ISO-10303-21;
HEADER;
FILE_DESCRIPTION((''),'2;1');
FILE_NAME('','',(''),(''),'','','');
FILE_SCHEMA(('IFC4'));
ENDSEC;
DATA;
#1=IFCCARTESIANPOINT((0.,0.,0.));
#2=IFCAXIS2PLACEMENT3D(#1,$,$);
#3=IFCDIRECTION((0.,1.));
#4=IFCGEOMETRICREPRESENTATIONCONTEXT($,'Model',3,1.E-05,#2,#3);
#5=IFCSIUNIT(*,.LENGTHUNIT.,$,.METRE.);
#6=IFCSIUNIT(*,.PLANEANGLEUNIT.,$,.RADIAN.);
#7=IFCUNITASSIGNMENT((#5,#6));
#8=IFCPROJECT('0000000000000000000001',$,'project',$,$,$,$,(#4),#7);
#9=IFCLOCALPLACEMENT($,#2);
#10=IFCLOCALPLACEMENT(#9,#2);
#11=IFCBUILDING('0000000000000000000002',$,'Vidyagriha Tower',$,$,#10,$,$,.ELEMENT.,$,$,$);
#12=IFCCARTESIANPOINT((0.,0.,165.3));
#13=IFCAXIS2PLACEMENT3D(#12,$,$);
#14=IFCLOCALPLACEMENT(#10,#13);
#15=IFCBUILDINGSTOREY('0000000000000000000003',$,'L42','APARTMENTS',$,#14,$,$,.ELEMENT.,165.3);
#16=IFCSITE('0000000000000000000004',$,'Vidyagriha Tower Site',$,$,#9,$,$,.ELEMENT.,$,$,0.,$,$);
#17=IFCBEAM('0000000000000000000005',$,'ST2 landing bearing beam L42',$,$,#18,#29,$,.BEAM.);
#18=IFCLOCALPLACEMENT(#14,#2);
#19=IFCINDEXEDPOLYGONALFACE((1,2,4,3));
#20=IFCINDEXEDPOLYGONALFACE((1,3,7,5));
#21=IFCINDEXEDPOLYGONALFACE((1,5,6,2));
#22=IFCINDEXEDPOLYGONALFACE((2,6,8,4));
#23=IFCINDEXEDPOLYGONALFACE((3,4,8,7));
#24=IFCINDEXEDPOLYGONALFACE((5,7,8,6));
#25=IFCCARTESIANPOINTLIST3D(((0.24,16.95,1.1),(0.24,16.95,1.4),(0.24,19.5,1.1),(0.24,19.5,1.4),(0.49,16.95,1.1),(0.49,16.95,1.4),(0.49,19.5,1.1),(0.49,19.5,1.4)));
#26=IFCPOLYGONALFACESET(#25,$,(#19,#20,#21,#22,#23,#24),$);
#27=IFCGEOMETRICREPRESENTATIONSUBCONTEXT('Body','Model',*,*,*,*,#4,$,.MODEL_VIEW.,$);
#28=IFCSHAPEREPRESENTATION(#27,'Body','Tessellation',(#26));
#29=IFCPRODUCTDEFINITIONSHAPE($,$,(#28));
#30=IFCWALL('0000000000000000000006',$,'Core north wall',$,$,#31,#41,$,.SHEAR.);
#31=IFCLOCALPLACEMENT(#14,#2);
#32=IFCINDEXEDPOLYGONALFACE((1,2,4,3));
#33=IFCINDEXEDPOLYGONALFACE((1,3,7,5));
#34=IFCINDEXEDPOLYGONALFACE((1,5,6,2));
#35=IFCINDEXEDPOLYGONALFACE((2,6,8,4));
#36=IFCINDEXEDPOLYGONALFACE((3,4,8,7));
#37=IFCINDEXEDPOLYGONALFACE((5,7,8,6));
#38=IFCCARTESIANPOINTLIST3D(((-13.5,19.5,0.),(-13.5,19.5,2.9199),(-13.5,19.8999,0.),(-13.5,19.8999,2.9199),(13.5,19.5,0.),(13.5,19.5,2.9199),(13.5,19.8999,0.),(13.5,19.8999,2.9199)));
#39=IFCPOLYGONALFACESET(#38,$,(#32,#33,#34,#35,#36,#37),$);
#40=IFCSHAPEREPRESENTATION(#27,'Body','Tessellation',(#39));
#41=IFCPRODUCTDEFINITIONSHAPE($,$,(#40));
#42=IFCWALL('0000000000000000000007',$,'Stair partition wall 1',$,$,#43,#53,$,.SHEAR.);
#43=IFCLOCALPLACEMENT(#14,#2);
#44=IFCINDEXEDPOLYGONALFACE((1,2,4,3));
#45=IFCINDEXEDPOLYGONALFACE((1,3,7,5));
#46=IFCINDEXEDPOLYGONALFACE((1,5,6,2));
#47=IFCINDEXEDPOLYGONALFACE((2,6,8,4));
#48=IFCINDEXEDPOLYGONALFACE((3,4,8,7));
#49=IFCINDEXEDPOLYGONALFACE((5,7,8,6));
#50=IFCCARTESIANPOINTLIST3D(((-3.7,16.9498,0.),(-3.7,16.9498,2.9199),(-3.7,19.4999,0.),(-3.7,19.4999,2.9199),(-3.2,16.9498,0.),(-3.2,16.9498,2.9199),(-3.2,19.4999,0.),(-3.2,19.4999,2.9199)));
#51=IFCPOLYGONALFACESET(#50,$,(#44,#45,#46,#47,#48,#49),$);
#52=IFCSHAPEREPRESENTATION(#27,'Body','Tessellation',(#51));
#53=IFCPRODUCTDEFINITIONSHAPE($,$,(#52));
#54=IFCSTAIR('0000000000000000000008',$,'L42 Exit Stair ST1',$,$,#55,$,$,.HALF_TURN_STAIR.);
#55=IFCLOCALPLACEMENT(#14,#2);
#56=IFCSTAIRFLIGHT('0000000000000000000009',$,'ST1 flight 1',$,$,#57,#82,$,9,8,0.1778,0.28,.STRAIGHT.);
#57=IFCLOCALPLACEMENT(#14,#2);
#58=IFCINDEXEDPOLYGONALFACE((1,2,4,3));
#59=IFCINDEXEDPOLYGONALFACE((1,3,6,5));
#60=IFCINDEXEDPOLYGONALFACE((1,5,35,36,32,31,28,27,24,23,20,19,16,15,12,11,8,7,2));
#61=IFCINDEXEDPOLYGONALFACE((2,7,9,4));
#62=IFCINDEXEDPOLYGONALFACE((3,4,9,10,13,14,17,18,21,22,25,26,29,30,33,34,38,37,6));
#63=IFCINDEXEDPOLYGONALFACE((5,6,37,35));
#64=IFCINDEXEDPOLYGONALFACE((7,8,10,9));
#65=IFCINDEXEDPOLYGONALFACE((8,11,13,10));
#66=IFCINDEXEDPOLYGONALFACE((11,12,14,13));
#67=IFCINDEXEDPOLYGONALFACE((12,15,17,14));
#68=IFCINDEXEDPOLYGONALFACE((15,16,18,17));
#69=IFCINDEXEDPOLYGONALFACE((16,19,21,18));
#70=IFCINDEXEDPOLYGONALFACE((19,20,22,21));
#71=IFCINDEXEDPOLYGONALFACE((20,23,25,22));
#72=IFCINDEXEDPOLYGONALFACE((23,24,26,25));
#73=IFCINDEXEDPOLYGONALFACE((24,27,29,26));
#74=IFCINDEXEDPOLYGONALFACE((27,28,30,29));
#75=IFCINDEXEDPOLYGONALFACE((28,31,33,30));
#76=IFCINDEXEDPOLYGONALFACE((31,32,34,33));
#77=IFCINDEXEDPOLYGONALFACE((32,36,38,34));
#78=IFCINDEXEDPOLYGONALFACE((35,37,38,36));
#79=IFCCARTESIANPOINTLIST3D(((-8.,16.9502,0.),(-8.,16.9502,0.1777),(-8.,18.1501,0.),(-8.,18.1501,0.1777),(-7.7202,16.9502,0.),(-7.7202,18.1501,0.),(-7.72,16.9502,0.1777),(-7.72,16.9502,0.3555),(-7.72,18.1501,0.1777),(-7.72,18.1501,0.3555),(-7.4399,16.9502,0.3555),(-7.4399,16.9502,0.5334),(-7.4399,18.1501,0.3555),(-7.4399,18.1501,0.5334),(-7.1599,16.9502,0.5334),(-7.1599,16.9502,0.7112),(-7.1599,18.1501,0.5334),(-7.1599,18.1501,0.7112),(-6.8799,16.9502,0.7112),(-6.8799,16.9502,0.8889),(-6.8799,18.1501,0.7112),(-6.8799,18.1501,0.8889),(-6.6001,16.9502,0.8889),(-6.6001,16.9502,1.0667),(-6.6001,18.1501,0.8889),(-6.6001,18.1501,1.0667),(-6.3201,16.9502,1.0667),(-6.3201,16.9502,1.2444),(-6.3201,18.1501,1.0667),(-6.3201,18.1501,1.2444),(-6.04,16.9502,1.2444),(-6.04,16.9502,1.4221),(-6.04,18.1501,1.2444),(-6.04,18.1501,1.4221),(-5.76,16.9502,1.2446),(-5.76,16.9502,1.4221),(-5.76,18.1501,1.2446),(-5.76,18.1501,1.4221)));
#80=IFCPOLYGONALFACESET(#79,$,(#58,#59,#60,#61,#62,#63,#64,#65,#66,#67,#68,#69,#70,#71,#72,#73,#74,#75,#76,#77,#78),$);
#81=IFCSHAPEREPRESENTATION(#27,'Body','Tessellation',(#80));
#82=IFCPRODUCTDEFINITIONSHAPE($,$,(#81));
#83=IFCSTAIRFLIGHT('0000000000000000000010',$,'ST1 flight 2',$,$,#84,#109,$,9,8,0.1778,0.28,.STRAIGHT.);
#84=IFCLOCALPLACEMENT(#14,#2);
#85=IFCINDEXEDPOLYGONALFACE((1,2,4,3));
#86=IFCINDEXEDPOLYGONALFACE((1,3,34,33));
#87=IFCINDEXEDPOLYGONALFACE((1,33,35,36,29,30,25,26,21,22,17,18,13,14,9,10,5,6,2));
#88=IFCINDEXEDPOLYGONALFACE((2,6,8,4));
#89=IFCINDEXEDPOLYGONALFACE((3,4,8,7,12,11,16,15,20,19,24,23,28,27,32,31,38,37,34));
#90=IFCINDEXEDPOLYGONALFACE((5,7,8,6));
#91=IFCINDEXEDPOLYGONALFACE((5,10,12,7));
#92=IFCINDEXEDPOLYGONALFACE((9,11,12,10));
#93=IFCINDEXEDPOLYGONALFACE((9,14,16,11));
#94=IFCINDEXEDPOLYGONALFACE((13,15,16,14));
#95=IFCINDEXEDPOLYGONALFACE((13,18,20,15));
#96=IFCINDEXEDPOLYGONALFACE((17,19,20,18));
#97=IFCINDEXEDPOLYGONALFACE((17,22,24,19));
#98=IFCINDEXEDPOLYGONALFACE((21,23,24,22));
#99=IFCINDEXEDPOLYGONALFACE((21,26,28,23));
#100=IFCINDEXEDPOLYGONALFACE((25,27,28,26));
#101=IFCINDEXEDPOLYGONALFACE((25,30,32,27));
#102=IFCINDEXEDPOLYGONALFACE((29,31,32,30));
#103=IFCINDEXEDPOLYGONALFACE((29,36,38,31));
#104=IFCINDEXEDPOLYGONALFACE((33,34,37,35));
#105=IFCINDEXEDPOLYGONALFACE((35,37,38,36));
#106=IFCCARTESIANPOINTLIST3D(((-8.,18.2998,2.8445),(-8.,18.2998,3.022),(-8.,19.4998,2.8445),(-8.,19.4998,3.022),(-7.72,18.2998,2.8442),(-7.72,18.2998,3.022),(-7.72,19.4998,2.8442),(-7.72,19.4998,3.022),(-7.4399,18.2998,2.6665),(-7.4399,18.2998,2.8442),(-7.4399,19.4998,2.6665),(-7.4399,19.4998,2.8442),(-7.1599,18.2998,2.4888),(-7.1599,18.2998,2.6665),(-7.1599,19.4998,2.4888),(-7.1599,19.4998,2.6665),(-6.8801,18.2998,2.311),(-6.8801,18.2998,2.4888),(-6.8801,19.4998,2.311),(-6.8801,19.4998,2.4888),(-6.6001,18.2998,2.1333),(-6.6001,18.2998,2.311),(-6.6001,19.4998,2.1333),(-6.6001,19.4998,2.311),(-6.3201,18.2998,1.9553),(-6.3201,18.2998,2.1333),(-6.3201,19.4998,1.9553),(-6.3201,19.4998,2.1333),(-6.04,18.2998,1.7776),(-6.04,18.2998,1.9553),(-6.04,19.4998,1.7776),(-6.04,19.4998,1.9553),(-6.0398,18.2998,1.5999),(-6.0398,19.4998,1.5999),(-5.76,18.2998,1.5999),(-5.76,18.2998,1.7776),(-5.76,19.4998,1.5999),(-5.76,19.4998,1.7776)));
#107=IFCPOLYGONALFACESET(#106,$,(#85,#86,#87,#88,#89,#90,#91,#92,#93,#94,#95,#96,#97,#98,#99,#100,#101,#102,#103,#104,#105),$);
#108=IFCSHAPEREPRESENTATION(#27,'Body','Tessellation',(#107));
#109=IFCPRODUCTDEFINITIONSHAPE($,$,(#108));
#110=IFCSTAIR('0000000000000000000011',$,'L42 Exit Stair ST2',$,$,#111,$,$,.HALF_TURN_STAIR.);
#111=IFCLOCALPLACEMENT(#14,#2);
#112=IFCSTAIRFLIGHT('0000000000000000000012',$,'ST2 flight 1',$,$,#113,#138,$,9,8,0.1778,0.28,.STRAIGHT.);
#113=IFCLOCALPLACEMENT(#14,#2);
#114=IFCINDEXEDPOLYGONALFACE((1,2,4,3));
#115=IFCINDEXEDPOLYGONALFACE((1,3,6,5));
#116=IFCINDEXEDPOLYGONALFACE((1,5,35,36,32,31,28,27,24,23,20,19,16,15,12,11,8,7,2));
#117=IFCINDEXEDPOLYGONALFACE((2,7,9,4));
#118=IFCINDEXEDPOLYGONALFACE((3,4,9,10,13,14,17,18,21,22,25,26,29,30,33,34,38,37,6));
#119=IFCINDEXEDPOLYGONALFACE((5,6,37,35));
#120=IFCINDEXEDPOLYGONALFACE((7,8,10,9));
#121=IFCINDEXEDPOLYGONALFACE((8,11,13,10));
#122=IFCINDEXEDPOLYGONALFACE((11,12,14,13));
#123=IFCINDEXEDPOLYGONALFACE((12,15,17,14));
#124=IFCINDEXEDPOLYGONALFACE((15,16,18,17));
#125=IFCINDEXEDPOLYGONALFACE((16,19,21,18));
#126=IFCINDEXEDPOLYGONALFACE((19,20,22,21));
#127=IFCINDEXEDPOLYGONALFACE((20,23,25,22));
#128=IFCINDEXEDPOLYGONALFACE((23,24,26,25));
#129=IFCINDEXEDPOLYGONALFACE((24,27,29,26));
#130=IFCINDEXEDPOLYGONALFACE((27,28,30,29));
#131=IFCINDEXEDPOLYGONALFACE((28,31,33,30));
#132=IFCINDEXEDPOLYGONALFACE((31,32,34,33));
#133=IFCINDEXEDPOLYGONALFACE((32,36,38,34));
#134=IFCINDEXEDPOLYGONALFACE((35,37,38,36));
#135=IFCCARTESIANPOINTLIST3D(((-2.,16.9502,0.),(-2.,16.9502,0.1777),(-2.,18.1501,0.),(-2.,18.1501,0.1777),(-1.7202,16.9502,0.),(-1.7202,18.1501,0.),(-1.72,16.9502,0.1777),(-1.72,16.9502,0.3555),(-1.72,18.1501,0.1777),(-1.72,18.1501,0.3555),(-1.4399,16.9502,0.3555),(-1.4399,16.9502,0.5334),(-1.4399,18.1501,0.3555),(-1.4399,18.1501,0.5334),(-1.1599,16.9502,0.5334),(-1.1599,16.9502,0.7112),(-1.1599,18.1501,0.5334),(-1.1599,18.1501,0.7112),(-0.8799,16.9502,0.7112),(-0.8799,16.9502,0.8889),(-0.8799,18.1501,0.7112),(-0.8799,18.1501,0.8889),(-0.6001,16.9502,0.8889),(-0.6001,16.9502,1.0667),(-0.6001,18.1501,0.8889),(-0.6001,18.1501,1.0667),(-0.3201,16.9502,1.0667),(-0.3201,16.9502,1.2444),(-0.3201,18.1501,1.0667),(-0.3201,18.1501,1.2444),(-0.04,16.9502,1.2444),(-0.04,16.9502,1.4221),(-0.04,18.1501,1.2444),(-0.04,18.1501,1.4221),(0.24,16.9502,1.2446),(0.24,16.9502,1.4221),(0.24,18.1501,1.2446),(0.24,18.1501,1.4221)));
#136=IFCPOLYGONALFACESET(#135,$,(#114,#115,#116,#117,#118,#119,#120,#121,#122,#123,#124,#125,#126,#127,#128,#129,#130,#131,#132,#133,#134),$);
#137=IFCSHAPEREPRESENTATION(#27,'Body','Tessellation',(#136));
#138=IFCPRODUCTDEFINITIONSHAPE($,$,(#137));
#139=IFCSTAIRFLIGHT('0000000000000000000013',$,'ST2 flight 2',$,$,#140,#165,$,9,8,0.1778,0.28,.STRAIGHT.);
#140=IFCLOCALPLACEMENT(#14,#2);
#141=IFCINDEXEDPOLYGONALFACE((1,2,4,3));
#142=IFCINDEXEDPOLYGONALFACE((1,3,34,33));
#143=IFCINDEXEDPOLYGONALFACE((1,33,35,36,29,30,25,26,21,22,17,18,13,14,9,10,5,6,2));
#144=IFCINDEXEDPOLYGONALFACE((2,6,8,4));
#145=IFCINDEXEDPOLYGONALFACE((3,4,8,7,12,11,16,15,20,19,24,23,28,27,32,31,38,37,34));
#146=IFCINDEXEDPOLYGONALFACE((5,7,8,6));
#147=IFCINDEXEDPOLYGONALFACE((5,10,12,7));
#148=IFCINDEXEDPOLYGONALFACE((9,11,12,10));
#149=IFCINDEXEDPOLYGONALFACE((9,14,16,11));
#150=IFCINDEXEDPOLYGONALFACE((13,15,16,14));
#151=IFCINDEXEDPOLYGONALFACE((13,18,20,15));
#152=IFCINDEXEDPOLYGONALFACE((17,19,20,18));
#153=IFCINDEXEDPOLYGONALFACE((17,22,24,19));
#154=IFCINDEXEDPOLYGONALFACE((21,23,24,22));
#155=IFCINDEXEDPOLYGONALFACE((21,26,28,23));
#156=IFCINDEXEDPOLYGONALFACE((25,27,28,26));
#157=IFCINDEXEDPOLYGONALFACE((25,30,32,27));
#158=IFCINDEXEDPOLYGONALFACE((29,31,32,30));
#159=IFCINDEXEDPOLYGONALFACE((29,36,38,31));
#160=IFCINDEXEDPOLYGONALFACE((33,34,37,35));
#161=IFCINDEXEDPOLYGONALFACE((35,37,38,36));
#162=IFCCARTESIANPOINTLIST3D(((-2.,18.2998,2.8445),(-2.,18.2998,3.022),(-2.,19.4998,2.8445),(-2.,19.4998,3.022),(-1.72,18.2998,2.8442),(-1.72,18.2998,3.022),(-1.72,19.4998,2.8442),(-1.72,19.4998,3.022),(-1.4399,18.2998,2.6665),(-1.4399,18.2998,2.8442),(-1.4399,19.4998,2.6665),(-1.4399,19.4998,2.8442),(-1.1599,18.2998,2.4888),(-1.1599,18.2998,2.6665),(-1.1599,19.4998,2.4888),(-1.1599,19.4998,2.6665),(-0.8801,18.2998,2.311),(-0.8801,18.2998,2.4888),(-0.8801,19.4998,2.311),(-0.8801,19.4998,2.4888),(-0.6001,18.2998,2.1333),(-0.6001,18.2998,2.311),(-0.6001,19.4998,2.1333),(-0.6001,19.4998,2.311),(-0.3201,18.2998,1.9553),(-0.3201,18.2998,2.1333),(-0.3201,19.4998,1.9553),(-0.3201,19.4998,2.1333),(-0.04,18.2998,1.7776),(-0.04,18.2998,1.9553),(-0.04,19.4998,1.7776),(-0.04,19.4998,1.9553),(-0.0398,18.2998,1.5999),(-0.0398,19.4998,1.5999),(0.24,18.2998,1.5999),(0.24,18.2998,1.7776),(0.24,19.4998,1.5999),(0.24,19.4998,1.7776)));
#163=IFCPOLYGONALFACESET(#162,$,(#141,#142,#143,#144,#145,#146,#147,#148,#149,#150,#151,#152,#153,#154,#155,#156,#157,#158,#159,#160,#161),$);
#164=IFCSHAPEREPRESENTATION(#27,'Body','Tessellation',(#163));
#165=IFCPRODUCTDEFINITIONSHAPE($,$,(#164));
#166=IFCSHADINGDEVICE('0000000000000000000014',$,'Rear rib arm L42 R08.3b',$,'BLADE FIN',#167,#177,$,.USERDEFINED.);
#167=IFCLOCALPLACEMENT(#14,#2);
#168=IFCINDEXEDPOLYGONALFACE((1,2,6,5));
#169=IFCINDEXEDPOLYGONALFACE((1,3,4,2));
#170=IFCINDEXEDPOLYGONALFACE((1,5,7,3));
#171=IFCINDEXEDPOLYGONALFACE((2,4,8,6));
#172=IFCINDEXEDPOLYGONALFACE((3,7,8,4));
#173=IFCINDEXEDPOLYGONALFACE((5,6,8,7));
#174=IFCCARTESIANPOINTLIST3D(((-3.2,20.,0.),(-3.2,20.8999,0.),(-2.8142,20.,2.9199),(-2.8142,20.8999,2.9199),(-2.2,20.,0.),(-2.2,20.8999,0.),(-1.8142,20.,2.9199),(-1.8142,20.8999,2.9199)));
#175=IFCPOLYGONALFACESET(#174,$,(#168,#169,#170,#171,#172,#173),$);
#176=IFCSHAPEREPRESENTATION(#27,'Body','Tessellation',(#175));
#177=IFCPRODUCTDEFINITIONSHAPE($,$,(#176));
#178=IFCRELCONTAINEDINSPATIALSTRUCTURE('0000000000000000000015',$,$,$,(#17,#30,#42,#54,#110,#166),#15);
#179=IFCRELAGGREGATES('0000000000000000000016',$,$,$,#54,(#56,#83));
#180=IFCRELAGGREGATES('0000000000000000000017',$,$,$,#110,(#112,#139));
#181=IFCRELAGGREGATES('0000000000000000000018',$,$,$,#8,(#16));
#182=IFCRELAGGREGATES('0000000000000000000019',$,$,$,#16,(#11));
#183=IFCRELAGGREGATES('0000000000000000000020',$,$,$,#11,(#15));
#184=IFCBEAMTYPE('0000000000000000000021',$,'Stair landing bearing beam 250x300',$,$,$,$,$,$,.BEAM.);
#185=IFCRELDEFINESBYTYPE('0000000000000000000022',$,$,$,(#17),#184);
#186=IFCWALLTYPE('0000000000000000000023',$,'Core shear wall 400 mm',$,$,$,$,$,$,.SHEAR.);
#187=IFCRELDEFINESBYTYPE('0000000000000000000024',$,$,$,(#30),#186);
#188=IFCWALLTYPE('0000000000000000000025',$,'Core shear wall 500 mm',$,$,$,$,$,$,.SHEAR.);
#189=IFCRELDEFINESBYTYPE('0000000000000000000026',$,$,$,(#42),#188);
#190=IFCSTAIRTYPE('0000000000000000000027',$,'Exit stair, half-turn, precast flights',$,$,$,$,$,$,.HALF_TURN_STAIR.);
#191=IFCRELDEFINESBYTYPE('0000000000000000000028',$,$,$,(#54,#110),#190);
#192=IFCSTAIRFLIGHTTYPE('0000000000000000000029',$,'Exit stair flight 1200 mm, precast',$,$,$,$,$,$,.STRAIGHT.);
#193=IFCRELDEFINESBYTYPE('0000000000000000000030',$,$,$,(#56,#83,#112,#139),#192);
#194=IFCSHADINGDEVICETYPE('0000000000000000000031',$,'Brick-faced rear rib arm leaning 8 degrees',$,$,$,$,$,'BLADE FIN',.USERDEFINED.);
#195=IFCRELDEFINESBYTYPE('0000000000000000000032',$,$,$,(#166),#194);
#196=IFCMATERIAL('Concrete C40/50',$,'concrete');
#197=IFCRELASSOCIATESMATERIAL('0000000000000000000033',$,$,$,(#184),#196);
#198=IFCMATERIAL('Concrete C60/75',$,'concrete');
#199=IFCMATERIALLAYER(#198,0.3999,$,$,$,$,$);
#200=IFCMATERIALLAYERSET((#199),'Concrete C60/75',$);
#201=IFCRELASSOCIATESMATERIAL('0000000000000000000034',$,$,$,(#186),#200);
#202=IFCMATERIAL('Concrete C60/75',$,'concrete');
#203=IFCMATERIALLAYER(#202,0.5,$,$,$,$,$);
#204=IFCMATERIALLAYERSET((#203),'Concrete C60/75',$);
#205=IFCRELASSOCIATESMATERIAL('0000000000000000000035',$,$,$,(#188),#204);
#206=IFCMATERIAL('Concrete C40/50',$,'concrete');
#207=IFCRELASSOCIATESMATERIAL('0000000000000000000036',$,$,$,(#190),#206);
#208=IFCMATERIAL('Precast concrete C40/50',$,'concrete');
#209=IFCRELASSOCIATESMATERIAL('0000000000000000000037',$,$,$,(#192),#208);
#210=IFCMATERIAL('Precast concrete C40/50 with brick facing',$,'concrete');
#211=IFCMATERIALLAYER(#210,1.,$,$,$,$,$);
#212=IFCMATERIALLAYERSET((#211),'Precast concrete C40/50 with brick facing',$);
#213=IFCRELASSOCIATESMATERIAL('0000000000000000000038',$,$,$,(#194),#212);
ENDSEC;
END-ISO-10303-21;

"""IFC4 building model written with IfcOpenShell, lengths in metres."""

from ifc_helpers import new_model, si_unit, direction, frame, frame_2d, origin, origin_2d, place, context, subcontext, project, spatial, polyline, rectangle, outline, extrude, material, layer, layer_set, material_profile, profile_set, type_object, element, aggregate, save


model = new_model("IFC4")

# Units and contexts
model_context = context("Model", 3, precision=1e-05, world=origin(), true_north=direction((0.0, 1.0)))
body_context = subcontext(model_context, "Body", "Model", "MODEL_VIEW")
ifc_project = project(units=[si_unit("LENGTHUNIT", "METRE"), si_unit("PLANEANGLEUNIT", "RADIAN")], contexts=[model_context])

# Site, building, storey
site_placement = place(None, origin())
site = spatial("IfcSite", under=ifc_project, at=site_placement, Name="Vidyagriha Tower Site", CompositionType="ELEMENT", RefElevation=0.0)
building_placement = place(site_placement, origin())
building = spatial("IfcBuilding", under=site, at=building_placement, Name="Vidyagriha Tower", CompositionType="ELEMENT")
storey_placement = place(building_placement, frame((0.0, 0.0, 165.3)))
storey = spatial("IfcBuildingStorey", under=building, at=storey_placement, Name="L42", Description="APARTMENTS", CompositionType="ELEMENT", Elevation=165.3)

# Beam
ifc_material_1 = material(Name="Concrete C40/50", Category="concrete")
ifc_material_profile = material_profile(ifc_material_1, rectangle(XDim=0.25, YDim=0.3, at=origin_2d()), Name="Stair landing bearing beam 250x300")
ifc_profile_set = profile_set([ifc_material_profile], Name="Concrete C40/50")
beam_type = type_object("IfcBeamType", Name="Stair landing bearing beam 250x300", PredefinedType="BEAM", material=ifc_profile_set)
beam_placement = place(storey_placement, frame((0.365, 16.95, 1.25), z_axis=(0.0, 1.0, 0.0), x_axis=(-1.0, 0.0, 0.0)))
element("IfcBeam", 1, at=beam_placement, inside=storey, type_object=beam_type, Name="ST2 landing bearing beam L42", PredefinedType="BEAM", context=body_context, shape_type="SweptSolid", body=[
    extrude(rectangle(XDim=0.25, YDim=0.3, at=origin_2d()), origin(), (0.0, 0.0, 1.0), 2.55),
])

# Walls
ifc_material_2 = material(Name="Concrete C60/75", Category="concrete")
ifc_layer_1 = layer(ifc_material_2, 0.3999)
ifc_layer_set_1 = layer_set([ifc_layer_1], Name="Concrete C60/75")
wall_type_1 = type_object("IfcWallType", Name="Core shear wall 400 mm", PredefinedType="SHEAR", material=ifc_layer_set_1)
wall_1_placement = place(storey_placement, frame((-13.5, 19.7, 0.0)))
element("IfcWall", 2, at=wall_1_placement, inside=storey, type_object=wall_type_1, Name="Core north wall", PredefinedType="SHEAR", context=body_context, shape_type="SweptSolid", body=[
    extrude(rectangle(XDim=27.0, YDim=0.3999, at=frame_2d((13.5, 0.0))), origin(), (0.0, 0.0, 1.0), 2.9199),
])
ifc_material_3 = material(Name="Concrete C60/75", Category="concrete")
ifc_layer_2 = layer(ifc_material_3, 0.5)
ifc_layer_set_2 = layer_set([ifc_layer_2], Name="Concrete C60/75")
wall_type_2 = type_object("IfcWallType", Name="Core shear wall 500 mm", PredefinedType="SHEAR", material=ifc_layer_set_2)
wall_2_placement = place(storey_placement, frame((-3.45, 16.95, 0.0), z_axis=(0.0, 0.0, 1.0), x_axis=(0.0, 1.0, 0.0)))
element("IfcWall", 3, at=wall_2_placement, inside=storey, type_object=wall_type_2, Name="Stair partition wall 1", PredefinedType="SHEAR", context=body_context, shape_type="SweptSolid", body=[
    extrude(rectangle(XDim=2.55, YDim=0.5, at=frame_2d((1.2749, 0.0))), origin(), (0.0, 0.0, 1.0), 2.9199),
])

# Stairs, stair flights
ifc_material_4 = material(Name="Concrete C40/50", Category="concrete")
stair_type = type_object("IfcStairType", Name="Exit stair, half-turn, precast flights", PredefinedType="HALF_TURN_STAIR", material=ifc_material_4)
stair_1_placement = place(storey_placement, origin())
stair_1 = element("IfcStair", 4, at=stair_1_placement, inside=storey, type_object=stair_type, Name="L42 Exit Stair ST1", PredefinedType="HALF_TURN_STAIR")
ifc_material_5 = material(Name="Precast concrete C40/50", Category="concrete")
stair_flight_type = type_object("IfcStairFlightType", Name="Exit stair flight 1200 mm, precast", PredefinedType="STRAIGHT", material=ifc_material_5)
stair_flight_1_placement = place(storey_placement, frame((-8.0, 17.55, 0.0)))
stair_flight_1 = element("IfcStairFlight", 5, at=stair_flight_1_placement, type_object=stair_flight_type, Name="ST1 flight 1", NumberOfRisers=9, NumberOfTreads=8, PredefinedType="STRAIGHT", RiserHeight=0.1778, TreadLength=0.28, context=body_context, shape_type="SweptSolid", body=[
    extrude(outline(polyline([(0.0, 0.0), (0.0, 0.1777), (0.28, 0.1777), (0.28, 0.3555), (0.5601, 0.3555), (0.5601, 0.5334), (0.8401, 0.5334), (0.8401, 0.7112), (1.1201, 0.7112), (1.1201, 0.8889), (1.3999, 0.8889), (1.3999, 1.0667), (1.6799, 1.0667), (1.6799, 1.2444), (1.96, 1.2444), (1.96, 1.4221), (2.24, 1.4221), (2.24, 1.6001), (2.24, 1.2446), (0.2798, 0.0), (0.0, 0.0)])), frame((0.0, 0.6001, 0.0), z_axis=(0.0, -1.0, 0.0), x_axis=(1.0, 0.0, 0.0)), (0.0, 0.0, 1.0), 1.2),
])
stair_flight_2_placement = place(storey_placement, frame((-5.76, 18.8999, 1.5999), z_axis=(0.0, 0.0, 1.0), x_axis=(-1.0, 0.0, 0.0)))
stair_flight_2 = element("IfcStairFlight", 6, at=stair_flight_2_placement, type_object=stair_flight_type, Name="ST1 flight 2", NumberOfRisers=9, NumberOfTreads=8, PredefinedType="STRAIGHT", RiserHeight=0.1778, TreadLength=0.28, context=body_context, shape_type="SweptSolid", body=[
    extrude(outline(polyline([(0.0, 0.0), (0.0, 0.1777), (0.28, 0.1777), (0.28, 0.3555), (0.5601, 0.3555), (0.5601, 0.5334), (0.8401, 0.5334), (0.8401, 0.7112), (1.1201, 0.7112), (1.1201, 0.8889), (1.3999, 0.8889), (1.3999, 1.0667), (1.6799, 1.0667), (1.6799, 1.2444), (1.96, 1.2444), (1.96, 1.4221), (2.24, 1.4221), (2.24, 1.6001), (2.24, 1.2446), (0.2798, 0.0), (0.0, 0.0)])), frame((0.0, 0.6001, 0.0), z_axis=(0.0, -1.0, 0.0), x_axis=(1.0, 0.0, 0.0)), (0.0, 0.0, 1.0), 1.2),
])
aggregate(stair_1, [stair_flight_1, stair_flight_2])
stair_2_placement = place(storey_placement, origin())
stair_2 = element("IfcStair", 7, at=stair_2_placement, inside=storey, type_object=stair_type, Name="L42 Exit Stair ST2", PredefinedType="HALF_TURN_STAIR")
stair_flight_3_placement = place(storey_placement, frame((-2.0, 17.55, 0.0)))
stair_flight_3 = element("IfcStairFlight", 8, at=stair_flight_3_placement, type_object=stair_flight_type, Name="ST2 flight 1", NumberOfRisers=9, NumberOfTreads=8, PredefinedType="STRAIGHT", RiserHeight=0.1778, TreadLength=0.28, context=body_context, shape_type="SweptSolid", body=[
    extrude(outline(polyline([(0.0, 0.0), (0.0, 0.1777), (0.28, 0.1777), (0.28, 0.3555), (0.5601, 0.3555), (0.5601, 0.5334), (0.8401, 0.5334), (0.8401, 0.7112), (1.1201, 0.7112), (1.1201, 0.8889), (1.3999, 0.8889), (1.3999, 1.0667), (1.6799, 1.0667), (1.6799, 1.2444), (1.96, 1.2444), (1.96, 1.4221), (2.24, 1.4221), (2.24, 1.6001), (2.24, 1.2446), (0.2798, 0.0), (0.0, 0.0)])), frame((0.0, 0.6001, 0.0), z_axis=(0.0, -1.0, 0.0), x_axis=(1.0, 0.0, 0.0)), (0.0, 0.0, 1.0), 1.2),
])
stair_flight_4_placement = place(storey_placement, frame((0.24, 18.8999, 1.5999), z_axis=(0.0, 0.0, 1.0), x_axis=(-1.0, 0.0, 0.0)))
stair_flight_4 = element("IfcStairFlight", 9, at=stair_flight_4_placement, type_object=stair_flight_type, Name="ST2 flight 2", NumberOfRisers=9, NumberOfTreads=8, PredefinedType="STRAIGHT", RiserHeight=0.1778, TreadLength=0.28, context=body_context, shape_type="SweptSolid", body=[
    extrude(outline(polyline([(0.0, 0.0), (0.0, 0.1777), (0.28, 0.1777), (0.28, 0.3555), (0.5601, 0.3555), (0.5601, 0.5334), (0.8401, 0.5334), (0.8401, 0.7112), (1.1201, 0.7112), (1.1201, 0.8889), (1.3999, 0.8889), (1.3999, 1.0667), (1.6799, 1.0667), (1.6799, 1.2444), (1.96, 1.2444), (1.96, 1.4221), (2.24, 1.4221), (2.24, 1.6001), (2.24, 1.2446), (0.2798, 0.0), (0.0, 0.0)])), frame((0.0, 0.6001, 0.0), z_axis=(0.0, -1.0, 0.0), x_axis=(1.0, 0.0, 0.0)), (0.0, 0.0, 1.0), 1.2),
])
aggregate(stair_2, [stair_flight_3, stair_flight_4])

# Shading device
ifc_material_6 = material(Name="Precast concrete C40/50 with brick facing", Category="concrete")
ifc_layer_3 = layer(ifc_material_6, 1.0)
ifc_layer_set_3 = layer_set([ifc_layer_3], Name="Precast concrete C40/50 with brick facing")
shading_device_type_1 = type_object("IfcShadingDeviceType", Name="Brick-faced rear rib arm leaning 8 degrees", ElementType="BLADE FIN", PredefinedType="USERDEFINED", material=ifc_layer_set_3)
shading_device_1_placement = place(storey_placement, frame((-1.8142, 20.45, 0.0), z_axis=(0.0, 0.0, 1.0), x_axis=(-1.0, 0.0, 0.0)))
element("IfcShadingDevice", 10, at=shading_device_1_placement, inside=storey, type_object=shading_device_type_1, Name="Rear rib arm L42 R08.3b", ObjectType="BLADE FIN", PredefinedType="USERDEFINED", context=body_context, shape_type="SweptSolid", body=[
    extrude(outline(polyline([(0.3857, 0.0), (1.3857, 0.0), (1.0, 2.9199), (0.0, 2.9199), (0.3857, 0.0)])), frame((0.0, 0.45, 0.0), z_axis=(0.0, -1.0, 0.0), x_axis=(1.0, 0.0, 0.0)), (0.0, 0.0, 1.0), 0.8999),
])

save(model, "model.ifc")
